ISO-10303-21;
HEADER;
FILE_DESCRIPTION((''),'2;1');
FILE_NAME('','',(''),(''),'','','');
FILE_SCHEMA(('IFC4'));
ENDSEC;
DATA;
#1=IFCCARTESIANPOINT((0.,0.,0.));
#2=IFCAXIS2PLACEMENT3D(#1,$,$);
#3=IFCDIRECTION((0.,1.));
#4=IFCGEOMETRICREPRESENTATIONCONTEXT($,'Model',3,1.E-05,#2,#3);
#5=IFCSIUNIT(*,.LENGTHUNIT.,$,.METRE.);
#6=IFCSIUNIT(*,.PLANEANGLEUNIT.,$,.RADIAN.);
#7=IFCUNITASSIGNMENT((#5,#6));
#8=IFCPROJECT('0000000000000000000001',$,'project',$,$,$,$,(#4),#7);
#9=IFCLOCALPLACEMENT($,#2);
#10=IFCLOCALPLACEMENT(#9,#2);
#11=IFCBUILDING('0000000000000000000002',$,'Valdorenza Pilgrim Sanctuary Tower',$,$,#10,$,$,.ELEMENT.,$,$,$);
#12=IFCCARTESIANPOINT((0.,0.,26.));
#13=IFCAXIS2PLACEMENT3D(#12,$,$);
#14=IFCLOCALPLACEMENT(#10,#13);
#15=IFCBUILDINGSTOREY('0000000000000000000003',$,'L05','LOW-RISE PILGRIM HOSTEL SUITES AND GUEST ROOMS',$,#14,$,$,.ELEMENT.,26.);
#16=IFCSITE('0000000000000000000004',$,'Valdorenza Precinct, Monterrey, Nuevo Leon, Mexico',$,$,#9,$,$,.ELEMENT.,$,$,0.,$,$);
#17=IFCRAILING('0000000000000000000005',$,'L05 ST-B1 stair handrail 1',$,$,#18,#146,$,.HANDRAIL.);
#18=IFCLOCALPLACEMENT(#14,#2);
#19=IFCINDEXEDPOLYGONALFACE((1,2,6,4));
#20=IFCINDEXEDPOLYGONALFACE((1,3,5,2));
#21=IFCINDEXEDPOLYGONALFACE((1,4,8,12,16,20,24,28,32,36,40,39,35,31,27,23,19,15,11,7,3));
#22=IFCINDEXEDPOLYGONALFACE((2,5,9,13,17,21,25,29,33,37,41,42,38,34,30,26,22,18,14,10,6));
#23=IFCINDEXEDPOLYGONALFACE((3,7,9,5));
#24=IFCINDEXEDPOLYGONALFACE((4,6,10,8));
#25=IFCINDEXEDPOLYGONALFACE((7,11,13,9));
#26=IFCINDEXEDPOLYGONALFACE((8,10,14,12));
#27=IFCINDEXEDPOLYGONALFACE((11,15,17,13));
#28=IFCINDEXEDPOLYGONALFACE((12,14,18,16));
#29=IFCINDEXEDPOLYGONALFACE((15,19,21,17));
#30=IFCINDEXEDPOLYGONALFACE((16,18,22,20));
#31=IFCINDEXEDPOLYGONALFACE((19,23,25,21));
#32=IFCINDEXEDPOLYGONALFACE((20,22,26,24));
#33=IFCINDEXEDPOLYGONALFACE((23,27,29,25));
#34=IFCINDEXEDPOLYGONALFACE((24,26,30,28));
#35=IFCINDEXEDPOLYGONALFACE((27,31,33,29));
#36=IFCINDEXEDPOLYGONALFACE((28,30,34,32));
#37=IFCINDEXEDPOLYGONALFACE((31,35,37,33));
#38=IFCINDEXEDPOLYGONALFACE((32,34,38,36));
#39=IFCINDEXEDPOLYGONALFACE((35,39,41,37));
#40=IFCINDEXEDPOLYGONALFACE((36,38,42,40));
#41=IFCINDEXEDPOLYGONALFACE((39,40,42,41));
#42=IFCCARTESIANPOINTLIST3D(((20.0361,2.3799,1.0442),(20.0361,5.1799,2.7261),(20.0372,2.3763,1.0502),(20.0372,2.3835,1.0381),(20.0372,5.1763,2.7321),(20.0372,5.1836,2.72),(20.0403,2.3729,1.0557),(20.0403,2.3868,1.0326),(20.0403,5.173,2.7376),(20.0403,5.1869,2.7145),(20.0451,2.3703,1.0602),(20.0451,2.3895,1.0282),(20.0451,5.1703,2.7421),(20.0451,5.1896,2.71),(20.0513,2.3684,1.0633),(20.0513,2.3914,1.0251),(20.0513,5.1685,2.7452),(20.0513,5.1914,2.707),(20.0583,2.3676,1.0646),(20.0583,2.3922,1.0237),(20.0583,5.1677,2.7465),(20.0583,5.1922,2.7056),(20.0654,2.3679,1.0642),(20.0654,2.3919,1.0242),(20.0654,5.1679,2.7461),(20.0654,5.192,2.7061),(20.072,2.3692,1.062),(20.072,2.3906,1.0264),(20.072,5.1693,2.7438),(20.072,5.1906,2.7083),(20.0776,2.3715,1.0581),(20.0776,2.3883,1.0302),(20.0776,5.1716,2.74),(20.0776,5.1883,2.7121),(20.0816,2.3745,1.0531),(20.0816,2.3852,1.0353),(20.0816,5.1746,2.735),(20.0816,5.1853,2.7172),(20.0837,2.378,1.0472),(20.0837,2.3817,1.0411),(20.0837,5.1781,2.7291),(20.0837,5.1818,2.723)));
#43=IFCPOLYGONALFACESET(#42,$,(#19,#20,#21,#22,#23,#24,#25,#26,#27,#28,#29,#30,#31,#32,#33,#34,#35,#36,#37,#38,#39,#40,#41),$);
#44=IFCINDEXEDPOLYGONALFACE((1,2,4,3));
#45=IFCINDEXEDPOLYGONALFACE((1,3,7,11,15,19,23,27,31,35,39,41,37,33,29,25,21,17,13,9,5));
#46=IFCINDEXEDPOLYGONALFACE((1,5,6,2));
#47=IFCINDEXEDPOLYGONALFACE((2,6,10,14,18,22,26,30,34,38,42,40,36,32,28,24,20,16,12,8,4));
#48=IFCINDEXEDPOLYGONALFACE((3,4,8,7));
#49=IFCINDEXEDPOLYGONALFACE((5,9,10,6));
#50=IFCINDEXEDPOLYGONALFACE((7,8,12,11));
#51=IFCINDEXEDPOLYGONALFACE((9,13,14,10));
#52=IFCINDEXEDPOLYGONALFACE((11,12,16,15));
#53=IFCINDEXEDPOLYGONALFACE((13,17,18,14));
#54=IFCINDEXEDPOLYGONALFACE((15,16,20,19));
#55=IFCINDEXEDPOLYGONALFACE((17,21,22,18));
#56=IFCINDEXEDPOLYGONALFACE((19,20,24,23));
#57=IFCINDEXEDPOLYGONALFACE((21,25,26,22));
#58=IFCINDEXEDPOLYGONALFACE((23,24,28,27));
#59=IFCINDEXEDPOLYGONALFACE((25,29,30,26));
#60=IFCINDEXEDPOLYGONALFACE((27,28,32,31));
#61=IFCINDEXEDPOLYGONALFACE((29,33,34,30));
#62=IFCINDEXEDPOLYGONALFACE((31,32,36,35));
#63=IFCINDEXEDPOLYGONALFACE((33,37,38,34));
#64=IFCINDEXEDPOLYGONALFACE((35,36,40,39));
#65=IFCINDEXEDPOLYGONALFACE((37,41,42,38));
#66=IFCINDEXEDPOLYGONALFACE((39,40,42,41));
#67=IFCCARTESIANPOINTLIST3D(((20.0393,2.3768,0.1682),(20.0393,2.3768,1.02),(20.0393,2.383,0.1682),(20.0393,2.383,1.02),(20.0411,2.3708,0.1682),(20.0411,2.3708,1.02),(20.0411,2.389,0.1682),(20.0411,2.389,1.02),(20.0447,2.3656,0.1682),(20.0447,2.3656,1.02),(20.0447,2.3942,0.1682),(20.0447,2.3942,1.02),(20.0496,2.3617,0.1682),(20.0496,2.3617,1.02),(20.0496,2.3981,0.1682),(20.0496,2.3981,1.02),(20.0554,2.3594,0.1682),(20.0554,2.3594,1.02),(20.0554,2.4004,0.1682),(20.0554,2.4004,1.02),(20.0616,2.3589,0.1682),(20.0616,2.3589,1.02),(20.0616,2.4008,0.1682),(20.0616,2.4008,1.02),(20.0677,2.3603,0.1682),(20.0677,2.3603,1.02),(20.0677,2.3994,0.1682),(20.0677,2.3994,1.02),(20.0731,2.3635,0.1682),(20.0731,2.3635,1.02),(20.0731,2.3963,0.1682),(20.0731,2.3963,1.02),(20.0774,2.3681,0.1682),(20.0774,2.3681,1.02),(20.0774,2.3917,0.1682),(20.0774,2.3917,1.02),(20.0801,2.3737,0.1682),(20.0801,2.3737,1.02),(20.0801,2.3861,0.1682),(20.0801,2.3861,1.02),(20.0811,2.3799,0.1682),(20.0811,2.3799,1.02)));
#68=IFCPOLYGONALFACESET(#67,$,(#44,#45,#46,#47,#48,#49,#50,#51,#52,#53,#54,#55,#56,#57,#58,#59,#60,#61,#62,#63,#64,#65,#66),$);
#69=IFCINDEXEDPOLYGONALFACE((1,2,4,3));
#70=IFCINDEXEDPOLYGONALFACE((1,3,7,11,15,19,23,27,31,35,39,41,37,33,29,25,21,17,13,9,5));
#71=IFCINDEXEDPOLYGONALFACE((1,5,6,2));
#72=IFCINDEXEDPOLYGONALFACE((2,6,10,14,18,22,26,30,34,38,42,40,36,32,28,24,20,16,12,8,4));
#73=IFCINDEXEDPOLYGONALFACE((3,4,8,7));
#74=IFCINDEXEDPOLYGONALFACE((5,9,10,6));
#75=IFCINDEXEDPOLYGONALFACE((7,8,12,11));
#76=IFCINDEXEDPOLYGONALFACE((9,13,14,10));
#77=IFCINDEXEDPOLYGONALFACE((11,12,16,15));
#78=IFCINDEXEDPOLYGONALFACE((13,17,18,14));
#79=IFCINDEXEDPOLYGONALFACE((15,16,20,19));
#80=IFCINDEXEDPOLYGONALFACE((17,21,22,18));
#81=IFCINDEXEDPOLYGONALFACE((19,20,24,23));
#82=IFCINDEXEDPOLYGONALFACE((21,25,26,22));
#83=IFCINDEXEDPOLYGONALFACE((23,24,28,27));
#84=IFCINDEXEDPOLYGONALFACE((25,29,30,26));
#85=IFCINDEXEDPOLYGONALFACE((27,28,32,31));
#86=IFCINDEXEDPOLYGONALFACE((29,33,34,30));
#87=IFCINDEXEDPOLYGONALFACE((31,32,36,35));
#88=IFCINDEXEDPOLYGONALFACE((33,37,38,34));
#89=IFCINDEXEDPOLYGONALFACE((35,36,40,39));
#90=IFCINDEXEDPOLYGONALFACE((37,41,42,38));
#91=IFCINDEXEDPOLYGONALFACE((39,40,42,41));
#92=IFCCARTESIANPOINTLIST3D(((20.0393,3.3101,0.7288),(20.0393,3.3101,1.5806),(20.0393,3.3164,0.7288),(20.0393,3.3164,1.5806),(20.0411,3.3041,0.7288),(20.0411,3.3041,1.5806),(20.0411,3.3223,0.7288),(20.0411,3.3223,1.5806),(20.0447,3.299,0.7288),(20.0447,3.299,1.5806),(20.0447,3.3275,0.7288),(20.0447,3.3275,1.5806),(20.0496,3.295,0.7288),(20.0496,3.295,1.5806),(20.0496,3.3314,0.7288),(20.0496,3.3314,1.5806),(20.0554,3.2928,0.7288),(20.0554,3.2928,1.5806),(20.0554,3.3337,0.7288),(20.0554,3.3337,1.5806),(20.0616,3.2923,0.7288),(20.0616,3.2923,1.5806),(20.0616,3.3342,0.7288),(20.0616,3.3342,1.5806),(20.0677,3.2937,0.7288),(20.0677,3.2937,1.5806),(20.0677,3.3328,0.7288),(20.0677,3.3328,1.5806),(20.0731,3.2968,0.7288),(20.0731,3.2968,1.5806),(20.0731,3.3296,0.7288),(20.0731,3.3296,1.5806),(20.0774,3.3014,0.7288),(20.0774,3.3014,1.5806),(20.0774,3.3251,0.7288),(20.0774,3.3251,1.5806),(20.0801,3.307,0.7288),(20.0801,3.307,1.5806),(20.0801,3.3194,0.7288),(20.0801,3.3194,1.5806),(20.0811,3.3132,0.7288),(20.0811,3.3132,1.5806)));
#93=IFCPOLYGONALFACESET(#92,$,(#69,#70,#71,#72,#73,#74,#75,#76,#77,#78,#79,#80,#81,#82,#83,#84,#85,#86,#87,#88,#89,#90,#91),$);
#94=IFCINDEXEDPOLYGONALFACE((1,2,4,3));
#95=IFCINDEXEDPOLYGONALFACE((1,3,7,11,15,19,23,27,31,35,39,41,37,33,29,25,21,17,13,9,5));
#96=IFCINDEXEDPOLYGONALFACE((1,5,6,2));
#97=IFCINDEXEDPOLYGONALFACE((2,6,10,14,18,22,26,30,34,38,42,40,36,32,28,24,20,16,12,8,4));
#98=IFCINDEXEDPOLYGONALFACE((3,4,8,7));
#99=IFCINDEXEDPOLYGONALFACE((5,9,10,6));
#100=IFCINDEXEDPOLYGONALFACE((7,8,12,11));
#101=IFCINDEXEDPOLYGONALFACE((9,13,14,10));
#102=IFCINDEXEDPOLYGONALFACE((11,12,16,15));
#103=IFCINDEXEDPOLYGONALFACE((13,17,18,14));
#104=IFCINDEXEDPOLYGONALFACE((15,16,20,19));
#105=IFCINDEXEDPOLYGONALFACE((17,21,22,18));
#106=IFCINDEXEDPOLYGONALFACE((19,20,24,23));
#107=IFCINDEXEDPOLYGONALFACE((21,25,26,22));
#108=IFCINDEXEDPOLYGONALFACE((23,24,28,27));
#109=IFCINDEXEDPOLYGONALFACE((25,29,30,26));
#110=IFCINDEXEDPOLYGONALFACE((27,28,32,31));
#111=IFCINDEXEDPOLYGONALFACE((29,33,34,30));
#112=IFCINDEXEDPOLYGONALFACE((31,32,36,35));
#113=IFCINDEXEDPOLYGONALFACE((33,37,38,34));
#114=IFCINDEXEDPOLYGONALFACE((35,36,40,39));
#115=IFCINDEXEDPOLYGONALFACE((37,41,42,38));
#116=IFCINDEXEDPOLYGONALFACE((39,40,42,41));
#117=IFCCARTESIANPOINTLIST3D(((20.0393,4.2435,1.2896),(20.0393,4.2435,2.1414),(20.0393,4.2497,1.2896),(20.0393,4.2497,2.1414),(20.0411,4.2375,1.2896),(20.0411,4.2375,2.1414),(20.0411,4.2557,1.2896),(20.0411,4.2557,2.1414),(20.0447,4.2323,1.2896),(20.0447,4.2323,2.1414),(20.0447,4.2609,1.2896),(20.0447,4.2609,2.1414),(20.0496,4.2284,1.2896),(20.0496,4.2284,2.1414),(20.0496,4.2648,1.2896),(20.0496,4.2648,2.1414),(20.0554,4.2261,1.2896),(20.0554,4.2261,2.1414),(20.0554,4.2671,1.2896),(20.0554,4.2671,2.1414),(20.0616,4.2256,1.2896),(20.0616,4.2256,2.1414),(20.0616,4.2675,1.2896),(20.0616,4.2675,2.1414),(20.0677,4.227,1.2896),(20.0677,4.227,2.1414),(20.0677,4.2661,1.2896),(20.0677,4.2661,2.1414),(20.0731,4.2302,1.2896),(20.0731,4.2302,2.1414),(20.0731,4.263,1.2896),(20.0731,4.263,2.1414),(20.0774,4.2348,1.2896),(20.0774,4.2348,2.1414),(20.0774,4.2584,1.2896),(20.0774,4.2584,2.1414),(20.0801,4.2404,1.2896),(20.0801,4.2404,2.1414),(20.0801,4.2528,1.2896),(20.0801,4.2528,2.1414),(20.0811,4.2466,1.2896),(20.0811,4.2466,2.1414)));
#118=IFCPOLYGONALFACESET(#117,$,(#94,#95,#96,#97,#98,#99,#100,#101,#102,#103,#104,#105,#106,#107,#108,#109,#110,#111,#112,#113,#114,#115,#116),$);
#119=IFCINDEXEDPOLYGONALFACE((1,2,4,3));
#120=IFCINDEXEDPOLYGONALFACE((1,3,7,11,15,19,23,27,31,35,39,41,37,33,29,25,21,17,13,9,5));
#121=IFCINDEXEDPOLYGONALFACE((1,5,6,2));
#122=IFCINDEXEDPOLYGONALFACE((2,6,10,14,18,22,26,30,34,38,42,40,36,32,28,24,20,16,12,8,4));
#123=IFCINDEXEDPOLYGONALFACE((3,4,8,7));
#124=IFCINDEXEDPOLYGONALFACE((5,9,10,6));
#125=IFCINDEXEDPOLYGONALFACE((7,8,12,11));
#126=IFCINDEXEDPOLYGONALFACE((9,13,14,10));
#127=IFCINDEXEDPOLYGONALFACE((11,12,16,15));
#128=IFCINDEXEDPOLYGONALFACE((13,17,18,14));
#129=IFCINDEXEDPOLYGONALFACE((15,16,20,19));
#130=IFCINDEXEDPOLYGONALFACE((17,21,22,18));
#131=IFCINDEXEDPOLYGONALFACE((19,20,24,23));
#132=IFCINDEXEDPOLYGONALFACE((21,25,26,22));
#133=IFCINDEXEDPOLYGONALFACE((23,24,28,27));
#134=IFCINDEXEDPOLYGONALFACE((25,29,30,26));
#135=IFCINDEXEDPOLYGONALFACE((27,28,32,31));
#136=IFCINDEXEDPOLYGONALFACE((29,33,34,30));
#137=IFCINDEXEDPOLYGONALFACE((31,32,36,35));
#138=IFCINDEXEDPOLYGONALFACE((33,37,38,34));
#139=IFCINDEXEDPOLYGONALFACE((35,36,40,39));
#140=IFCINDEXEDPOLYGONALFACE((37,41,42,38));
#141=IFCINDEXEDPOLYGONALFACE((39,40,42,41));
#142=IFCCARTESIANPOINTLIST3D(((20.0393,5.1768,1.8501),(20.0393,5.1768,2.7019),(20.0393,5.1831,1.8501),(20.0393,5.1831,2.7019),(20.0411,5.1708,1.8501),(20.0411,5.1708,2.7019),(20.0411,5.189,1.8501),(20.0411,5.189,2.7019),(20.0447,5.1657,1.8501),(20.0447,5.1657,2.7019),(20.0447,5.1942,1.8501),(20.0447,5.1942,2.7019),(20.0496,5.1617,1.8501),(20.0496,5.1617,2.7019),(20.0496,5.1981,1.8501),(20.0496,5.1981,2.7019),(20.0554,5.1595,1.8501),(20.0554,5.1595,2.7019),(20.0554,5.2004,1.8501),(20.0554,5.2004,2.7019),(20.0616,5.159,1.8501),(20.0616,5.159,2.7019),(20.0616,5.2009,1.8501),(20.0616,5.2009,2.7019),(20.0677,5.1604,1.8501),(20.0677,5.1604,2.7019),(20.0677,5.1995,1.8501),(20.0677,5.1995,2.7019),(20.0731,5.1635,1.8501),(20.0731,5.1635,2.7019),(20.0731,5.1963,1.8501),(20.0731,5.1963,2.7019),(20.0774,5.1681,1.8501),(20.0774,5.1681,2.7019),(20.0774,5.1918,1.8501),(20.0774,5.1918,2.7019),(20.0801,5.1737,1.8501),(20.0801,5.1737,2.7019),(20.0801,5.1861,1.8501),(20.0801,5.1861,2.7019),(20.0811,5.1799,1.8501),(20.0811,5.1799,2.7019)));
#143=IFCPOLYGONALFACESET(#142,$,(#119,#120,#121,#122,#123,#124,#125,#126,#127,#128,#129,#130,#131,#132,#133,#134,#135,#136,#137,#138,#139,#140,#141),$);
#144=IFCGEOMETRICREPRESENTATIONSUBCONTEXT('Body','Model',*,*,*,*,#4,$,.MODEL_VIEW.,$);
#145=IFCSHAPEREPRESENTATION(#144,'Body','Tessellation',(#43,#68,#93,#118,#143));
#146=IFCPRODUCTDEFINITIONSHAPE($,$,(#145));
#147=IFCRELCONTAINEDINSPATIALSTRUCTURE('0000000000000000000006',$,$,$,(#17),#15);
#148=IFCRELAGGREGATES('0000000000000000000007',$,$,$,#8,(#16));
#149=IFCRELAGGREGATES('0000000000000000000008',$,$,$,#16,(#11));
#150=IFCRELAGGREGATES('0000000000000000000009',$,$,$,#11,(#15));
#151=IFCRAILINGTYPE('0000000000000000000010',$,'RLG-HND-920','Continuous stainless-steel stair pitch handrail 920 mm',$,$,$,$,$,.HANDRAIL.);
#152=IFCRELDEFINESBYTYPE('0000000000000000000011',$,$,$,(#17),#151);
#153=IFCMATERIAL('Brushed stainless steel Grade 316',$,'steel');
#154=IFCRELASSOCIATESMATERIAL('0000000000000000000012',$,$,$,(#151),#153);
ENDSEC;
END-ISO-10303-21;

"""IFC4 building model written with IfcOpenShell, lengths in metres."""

from ifc_helpers import new_model, si_unit, direction, frame, origin, origin_2d, place, context, subcontext, project, spatial, circle, extrude, material, type_object, element, save


model = new_model("IFC4")

# Units and contexts
model_context = context("Model", 3, precision=1e-05, world=origin(), true_north=direction((0.0, 1.0)))
body_context = subcontext(model_context, "Body", "Model", "MODEL_VIEW")
ifc_project = project(units=[si_unit("LENGTHUNIT", "METRE"), si_unit("PLANEANGLEUNIT", "RADIAN")], contexts=[model_context])

# Site, building, storey
site_placement = place(None, origin())
site = spatial("IfcSite", under=ifc_project, at=site_placement, Name="Valdorenza Precinct, Monterrey, Nuevo Leon, Mexico", CompositionType="ELEMENT", RefElevation=0.0)
building_placement = place(site_placement, origin())
building = spatial("IfcBuilding", under=site, at=building_placement, Name="Valdorenza Pilgrim Sanctuary Tower", CompositionType="ELEMENT")
storey_placement = place(building_placement, frame((0.0, 0.0, 26.0)))
storey = spatial("IfcBuildingStorey", under=building, at=storey_placement, Name="L05", Description="LOW-RISE PILGRIM HOSTEL SUITES AND GUEST ROOMS", CompositionType="ELEMENT", Elevation=26.0)

# Railing
ifc_material_1 = material(Name="Brushed stainless steel Grade 316", Category="steel")
railing_type_1 = type_object("IfcRailingType", Name="RLG-HND-920", Description="Continuous stainless-steel stair pitch handrail 920 mm", PredefinedType="HANDRAIL", material=ifc_material_1)
railing_1_placement = place(storey_placement, frame((20.0601, 2.3799, 0.1682)))
element("IfcRailing", 1, at=railing_1_placement, inside=storey, type_object=railing_type_1, Name="L05 ST-B1 stair handrail 1", PredefinedType="HANDRAIL", context=body_context, shape_type="SweptSolid", body=[
    extrude(circle(Radius=0.0239, at=origin_2d()), frame((0.0, 0.0, 0.876), z_axis=(0.0, 0.857242, 0.514913), x_axis=(-1.0, 0.0, 0.0)), (0.0, 0.0, 1.0), 3.2664),
    extrude(circle(Radius=0.021, at=origin_2d()), origin(), (0.0, 0.0, 1.0), 0.8518),
    extrude(circle(Radius=0.021, at=origin_2d()), frame((0.0, 0.9333, 0.5605)), (0.0, 0.0, 1.0), 0.8518),
    extrude(circle(Radius=0.021, at=origin_2d()), frame((0.0, 1.8667, 1.1213)), (0.0, 0.0, 1.0), 0.8518),
    extrude(circle(Radius=0.021, at=origin_2d()), frame((0.0, 2.8, 1.6819)), (0.0, 0.0, 1.0), 0.8518),
])

save(model, "model.ifc")
